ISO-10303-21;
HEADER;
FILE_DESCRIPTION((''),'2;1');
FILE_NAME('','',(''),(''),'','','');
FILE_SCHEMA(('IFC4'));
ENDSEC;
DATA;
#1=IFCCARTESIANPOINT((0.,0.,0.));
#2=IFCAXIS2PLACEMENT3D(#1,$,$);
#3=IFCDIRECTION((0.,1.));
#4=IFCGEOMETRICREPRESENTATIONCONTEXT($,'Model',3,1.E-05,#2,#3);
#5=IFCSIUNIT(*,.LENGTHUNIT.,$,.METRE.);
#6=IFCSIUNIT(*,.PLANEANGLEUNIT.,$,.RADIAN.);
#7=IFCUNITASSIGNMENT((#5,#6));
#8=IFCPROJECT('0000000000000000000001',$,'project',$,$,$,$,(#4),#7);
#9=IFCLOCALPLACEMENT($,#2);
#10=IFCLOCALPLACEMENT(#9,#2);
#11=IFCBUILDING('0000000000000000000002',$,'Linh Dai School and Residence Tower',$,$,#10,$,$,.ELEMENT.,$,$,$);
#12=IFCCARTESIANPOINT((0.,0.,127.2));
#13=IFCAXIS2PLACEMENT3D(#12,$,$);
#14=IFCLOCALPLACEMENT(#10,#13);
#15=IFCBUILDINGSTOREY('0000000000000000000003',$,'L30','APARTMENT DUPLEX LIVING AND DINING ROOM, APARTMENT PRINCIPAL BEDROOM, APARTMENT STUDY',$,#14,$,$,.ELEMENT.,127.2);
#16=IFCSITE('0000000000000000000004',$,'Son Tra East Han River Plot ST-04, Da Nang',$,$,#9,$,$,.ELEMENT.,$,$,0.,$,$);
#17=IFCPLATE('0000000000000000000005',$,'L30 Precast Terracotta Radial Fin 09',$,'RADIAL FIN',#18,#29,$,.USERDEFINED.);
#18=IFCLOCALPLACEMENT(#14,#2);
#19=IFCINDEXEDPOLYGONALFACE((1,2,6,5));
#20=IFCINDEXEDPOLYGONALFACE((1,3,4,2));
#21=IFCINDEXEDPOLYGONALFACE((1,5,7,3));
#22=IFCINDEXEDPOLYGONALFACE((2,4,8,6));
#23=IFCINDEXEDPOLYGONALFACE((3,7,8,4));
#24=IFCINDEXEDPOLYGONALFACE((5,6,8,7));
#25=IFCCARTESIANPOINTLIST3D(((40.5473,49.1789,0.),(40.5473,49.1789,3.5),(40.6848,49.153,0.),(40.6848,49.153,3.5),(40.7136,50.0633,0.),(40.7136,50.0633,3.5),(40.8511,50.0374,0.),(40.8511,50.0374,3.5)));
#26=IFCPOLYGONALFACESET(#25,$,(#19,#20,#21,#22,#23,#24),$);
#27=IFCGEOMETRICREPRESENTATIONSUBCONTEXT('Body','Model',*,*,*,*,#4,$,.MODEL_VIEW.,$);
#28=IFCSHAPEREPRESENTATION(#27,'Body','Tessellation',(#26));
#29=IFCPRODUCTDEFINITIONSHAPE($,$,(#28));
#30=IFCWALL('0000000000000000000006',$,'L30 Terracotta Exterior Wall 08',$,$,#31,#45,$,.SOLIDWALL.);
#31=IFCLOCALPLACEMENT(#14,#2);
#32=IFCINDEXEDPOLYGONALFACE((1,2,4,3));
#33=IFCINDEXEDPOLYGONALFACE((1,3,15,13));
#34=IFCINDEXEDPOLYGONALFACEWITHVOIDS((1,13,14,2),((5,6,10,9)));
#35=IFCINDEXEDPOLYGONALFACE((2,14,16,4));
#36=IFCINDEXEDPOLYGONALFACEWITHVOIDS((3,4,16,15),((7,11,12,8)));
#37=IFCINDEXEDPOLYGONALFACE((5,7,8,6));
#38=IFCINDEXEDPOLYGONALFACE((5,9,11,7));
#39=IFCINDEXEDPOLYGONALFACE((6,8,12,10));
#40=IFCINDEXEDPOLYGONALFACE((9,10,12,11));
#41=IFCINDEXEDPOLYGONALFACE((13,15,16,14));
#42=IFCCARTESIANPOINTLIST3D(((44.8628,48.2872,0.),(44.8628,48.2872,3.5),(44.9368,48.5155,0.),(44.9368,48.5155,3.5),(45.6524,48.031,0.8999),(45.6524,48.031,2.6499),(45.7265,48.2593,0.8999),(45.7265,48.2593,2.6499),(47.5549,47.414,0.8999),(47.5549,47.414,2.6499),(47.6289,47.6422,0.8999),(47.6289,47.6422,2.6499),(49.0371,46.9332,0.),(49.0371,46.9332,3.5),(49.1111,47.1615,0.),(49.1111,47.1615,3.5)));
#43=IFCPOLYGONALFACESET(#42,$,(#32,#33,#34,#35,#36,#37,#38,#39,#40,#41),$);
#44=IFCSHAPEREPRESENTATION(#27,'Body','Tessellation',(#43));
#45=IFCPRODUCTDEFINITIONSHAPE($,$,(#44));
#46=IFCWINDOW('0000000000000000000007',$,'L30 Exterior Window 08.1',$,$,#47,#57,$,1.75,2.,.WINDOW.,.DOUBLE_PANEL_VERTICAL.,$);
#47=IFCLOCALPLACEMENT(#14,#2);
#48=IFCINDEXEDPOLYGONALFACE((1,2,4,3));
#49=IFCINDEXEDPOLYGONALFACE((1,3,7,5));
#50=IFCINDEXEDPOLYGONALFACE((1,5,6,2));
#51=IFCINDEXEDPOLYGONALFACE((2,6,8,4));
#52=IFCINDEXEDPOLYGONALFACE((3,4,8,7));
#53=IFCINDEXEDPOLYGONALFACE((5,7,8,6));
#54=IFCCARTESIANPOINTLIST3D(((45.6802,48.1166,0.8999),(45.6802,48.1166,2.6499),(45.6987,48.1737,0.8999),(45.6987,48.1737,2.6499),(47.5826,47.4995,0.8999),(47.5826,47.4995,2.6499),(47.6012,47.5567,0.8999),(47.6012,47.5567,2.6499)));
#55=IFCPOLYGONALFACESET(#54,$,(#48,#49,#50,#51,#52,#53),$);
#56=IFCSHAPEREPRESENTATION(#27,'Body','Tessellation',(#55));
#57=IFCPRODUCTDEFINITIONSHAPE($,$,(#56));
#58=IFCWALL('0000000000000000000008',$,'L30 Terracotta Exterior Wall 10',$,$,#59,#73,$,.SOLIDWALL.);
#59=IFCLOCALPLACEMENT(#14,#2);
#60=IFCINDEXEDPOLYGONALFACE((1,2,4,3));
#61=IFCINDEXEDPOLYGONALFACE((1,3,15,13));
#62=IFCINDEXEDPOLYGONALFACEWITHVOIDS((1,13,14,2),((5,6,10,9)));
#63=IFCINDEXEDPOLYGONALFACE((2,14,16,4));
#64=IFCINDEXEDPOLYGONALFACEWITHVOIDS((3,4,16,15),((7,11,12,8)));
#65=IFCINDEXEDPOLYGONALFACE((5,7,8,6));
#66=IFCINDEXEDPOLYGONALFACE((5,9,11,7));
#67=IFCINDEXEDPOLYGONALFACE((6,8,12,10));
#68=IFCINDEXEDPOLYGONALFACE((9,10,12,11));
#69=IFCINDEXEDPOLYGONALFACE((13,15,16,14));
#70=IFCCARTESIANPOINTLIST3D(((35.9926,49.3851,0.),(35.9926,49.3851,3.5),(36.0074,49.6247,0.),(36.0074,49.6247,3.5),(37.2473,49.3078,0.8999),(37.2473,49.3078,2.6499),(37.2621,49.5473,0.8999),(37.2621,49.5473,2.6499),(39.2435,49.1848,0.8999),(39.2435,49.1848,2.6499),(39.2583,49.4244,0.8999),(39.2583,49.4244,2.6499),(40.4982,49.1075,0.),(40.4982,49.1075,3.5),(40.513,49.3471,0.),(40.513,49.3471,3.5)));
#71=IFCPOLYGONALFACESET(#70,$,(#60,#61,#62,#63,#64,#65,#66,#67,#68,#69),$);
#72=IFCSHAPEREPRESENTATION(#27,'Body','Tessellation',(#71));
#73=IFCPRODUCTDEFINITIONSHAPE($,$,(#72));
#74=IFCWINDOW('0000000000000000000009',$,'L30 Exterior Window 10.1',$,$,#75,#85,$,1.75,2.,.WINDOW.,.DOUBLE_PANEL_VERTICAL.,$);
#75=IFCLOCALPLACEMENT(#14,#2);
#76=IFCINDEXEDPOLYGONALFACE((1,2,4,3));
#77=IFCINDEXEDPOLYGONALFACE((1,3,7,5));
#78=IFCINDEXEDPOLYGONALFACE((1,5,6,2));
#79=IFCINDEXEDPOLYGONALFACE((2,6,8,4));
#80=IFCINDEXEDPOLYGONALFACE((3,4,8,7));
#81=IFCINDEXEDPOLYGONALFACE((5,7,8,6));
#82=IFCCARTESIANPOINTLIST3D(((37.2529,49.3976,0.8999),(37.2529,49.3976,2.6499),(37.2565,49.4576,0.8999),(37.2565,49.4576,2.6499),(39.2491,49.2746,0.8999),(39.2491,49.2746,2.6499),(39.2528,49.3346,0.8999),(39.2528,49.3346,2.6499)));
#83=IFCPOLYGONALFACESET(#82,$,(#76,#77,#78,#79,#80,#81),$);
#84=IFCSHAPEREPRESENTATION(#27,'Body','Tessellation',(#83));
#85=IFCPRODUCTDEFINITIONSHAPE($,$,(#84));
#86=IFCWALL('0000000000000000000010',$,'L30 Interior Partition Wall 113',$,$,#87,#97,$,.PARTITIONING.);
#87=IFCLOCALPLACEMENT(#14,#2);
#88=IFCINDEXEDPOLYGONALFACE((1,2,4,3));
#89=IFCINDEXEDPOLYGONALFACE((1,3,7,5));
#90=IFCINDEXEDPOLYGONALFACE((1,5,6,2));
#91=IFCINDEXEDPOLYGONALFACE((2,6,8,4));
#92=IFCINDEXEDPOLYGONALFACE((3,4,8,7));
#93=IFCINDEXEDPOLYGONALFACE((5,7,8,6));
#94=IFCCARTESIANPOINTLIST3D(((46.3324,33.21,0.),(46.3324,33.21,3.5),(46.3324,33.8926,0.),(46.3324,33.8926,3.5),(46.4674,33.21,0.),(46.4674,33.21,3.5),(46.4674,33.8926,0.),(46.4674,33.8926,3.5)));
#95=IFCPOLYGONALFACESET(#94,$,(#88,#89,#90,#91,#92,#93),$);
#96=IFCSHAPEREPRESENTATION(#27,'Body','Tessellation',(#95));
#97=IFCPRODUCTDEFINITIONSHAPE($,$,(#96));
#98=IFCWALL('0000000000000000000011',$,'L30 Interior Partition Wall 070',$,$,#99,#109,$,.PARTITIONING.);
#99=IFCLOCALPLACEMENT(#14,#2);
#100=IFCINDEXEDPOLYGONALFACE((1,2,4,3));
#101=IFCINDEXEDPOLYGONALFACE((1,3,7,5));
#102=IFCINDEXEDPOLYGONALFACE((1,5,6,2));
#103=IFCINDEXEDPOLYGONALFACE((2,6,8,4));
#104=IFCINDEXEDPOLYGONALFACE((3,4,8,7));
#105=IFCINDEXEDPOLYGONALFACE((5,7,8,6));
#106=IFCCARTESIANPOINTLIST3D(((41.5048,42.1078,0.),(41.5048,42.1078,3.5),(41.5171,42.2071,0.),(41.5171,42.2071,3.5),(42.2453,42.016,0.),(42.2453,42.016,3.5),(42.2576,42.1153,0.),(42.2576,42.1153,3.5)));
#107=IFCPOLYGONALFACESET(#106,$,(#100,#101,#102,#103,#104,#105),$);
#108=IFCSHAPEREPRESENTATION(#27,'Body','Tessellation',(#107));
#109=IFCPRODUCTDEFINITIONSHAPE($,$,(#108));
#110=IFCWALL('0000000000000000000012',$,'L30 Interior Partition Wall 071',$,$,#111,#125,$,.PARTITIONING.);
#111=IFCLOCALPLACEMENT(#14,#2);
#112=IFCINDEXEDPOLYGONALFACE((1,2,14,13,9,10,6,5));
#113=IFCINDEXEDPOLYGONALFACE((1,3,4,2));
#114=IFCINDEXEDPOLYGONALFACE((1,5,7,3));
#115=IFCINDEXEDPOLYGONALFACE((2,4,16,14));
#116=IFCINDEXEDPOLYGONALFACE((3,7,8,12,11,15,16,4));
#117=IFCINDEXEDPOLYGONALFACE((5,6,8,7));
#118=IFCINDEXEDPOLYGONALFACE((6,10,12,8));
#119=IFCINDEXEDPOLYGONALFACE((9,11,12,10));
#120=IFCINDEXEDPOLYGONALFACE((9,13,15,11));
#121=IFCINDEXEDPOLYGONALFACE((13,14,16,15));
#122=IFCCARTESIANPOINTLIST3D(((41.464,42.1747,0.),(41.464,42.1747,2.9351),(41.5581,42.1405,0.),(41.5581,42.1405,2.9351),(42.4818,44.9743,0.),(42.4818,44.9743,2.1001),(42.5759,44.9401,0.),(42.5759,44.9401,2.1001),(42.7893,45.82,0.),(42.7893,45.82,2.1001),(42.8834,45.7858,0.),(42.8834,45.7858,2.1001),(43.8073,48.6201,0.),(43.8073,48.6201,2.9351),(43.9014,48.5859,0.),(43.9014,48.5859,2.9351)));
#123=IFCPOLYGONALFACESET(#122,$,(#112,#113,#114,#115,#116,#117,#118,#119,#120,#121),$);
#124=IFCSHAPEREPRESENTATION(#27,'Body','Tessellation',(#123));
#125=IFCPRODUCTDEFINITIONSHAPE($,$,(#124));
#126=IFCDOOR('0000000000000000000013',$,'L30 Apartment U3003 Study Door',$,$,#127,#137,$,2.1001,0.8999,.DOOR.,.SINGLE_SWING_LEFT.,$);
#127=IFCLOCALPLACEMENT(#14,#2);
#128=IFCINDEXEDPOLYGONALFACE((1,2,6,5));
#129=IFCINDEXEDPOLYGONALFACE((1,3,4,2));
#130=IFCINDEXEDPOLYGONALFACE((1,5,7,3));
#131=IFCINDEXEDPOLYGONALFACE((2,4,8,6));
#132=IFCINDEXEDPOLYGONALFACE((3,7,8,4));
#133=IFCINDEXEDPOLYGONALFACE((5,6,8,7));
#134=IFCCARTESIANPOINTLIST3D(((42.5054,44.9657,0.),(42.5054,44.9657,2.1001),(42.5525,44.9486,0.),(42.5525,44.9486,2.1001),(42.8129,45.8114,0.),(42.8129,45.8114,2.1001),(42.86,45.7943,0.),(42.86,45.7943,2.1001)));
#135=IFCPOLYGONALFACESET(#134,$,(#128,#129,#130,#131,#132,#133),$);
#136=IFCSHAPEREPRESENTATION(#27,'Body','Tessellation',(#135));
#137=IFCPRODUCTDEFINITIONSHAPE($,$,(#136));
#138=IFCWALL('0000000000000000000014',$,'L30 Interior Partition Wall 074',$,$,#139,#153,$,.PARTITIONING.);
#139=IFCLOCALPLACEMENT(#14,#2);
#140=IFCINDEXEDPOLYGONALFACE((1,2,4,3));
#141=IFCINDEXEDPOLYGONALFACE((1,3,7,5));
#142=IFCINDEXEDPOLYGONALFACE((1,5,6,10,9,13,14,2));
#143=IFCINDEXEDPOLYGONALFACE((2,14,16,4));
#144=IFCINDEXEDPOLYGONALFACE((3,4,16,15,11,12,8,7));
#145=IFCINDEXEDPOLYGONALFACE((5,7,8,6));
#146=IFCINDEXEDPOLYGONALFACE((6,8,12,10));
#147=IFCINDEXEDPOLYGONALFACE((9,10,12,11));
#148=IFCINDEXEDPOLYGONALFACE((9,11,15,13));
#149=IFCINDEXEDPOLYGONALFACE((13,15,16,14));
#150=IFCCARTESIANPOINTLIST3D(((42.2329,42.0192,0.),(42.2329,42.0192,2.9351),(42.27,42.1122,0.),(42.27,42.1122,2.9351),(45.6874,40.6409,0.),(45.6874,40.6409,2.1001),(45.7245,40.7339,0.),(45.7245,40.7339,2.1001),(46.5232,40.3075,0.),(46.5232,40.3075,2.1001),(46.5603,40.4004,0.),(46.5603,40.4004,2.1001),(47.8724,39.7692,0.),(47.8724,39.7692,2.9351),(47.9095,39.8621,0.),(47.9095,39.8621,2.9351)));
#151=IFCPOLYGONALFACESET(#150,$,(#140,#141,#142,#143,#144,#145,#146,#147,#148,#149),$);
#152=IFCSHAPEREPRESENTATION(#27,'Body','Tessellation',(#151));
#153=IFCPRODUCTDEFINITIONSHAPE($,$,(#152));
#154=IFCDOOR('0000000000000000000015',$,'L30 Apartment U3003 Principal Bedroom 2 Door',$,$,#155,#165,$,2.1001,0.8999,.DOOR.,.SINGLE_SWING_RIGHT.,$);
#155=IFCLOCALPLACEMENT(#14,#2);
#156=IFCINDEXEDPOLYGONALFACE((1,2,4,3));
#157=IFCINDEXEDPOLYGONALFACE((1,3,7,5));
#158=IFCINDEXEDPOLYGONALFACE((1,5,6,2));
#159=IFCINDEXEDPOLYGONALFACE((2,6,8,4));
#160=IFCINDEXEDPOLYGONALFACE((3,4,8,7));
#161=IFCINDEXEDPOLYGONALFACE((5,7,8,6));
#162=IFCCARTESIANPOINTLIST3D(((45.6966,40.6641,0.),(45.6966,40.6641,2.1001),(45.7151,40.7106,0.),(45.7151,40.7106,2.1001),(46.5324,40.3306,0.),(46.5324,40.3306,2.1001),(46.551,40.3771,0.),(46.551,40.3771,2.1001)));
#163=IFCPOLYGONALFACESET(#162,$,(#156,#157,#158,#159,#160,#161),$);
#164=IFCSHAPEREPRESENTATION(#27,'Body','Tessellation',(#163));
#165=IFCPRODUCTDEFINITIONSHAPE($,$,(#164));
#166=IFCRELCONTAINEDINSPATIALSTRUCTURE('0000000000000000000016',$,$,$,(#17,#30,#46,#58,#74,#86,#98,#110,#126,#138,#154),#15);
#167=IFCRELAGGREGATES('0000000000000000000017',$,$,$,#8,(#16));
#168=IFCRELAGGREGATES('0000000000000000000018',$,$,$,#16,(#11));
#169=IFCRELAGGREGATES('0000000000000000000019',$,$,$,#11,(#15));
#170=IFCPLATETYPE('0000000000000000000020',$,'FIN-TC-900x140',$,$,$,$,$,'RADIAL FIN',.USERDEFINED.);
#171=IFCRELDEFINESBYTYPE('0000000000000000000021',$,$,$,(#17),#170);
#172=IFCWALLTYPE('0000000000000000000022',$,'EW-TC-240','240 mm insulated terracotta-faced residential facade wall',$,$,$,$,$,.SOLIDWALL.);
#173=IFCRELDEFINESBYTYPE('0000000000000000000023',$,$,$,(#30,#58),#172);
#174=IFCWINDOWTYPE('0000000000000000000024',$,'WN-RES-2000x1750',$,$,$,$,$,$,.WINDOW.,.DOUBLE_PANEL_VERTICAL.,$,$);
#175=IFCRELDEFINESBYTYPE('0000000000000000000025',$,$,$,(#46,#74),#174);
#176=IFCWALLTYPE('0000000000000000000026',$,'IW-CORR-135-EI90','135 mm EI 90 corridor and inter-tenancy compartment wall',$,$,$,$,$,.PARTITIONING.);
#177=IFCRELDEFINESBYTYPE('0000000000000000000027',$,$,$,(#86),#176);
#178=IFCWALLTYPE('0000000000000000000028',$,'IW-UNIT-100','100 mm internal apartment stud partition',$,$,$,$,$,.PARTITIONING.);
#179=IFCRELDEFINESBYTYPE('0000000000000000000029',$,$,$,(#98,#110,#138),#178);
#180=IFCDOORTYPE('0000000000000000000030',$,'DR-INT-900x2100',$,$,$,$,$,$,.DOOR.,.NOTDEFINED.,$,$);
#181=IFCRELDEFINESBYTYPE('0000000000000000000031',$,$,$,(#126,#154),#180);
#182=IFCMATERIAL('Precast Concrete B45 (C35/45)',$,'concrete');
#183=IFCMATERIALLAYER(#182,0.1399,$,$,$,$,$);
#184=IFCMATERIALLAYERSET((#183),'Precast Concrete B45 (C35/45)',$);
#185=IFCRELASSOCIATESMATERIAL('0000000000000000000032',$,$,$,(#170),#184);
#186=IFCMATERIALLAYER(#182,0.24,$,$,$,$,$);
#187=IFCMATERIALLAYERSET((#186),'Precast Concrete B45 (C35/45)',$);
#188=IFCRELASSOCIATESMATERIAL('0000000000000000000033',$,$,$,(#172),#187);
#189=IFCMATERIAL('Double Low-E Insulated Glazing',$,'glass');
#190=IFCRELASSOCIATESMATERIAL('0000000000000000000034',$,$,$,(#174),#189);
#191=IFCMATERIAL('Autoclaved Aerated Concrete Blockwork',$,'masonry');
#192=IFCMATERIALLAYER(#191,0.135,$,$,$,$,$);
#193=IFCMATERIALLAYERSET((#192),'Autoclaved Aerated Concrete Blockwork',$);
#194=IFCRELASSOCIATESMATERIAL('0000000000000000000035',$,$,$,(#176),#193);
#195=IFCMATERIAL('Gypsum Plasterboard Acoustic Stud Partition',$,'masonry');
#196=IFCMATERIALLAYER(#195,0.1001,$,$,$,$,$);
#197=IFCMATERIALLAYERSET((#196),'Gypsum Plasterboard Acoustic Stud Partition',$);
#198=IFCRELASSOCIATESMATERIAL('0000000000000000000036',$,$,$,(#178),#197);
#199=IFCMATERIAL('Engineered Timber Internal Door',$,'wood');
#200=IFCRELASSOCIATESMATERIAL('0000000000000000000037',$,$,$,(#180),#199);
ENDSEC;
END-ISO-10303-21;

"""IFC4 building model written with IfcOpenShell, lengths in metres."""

from ifc_helpers import new_model, si_unit, direction, frame, frame_2d, origin, origin_2d, place, context, subcontext, project, spatial, rectangle, extrude, source, transform, mapped, material, layer, layer_set, type_object, element, fill, save


model = new_model("IFC4")

# Units and contexts
model_context = context("Model", 3, precision=1e-05, world=origin(), true_north=direction((0.0, 1.0)))
body_context = subcontext(model_context, "Body", "Model", "MODEL_VIEW")
ifc_project = project(units=[si_unit("LENGTHUNIT", "METRE"), si_unit("PLANEANGLEUNIT", "RADIAN")], contexts=[model_context])

# Site, building, storey
site_placement = place(None, origin())
site = spatial("IfcSite", under=ifc_project, at=site_placement, Name="Son Tra East Han River Plot ST-04, Da Nang", CompositionType="ELEMENT", RefElevation=0.0)
building_placement = place(site_placement, origin())
building = spatial("IfcBuilding", under=site, at=building_placement, Name="Linh Dai School and Residence Tower", CompositionType="ELEMENT")
storey_placement = place(building_placement, frame((0.0, 0.0, 127.2)))
storey = spatial("IfcBuildingStorey", under=building, at=storey_placement, Name="L30", Description="APARTMENT DUPLEX LIVING AND DINING ROOM, APARTMENT PRINCIPAL BEDROOM, APARTMENT STUDY", CompositionType="ELEMENT", Elevation=127.2)

# Plate
ifc_material_1 = material(Name="Precast Concrete B45 (C35/45)", Category="concrete")
ifc_layer_1 = layer(ifc_material_1, 0.1399)
ifc_layer_set_1 = layer_set([ifc_layer_1], Name="Precast Concrete B45 (C35/45)")
plate_type = type_object("IfcPlateType", Name="FIN-TC-900x140", ElementType="RADIAL FIN", PredefinedType="USERDEFINED", material=ifc_layer_set_1)
shared_shape_1 = source(origin(), body_context, "Body", "SweptSolid", [
    extrude(rectangle(XDim=0.8999, YDim=0.1399, at=origin_2d()), origin(), (0.0, 0.0, 1.0), 3.5),
])
plate_placement = place(storey_placement, frame((40.6992, 49.6082, 0.0), z_axis=(0.0, 0.0, 1.0), x_axis=(0.184755, 0.982785, 0.0)))
element("IfcPlate", 1, at=plate_placement, inside=storey, type_object=plate_type, Name="L30 Precast Terracotta Radial Fin 09", ObjectType="RADIAL FIN", PredefinedType="USERDEFINED", context=body_context, shape_type="MappedRepresentation", body=[
    mapped(shared_shape_1, transform((0.0, 0.0, 0.0), x_axis=(1.0, 0.0, 0.0), y_axis=(0.0, 1.0, 0.0), z_axis=(0.0, 0.0, 1.0), scale=1.0)),
])

# Wall, opening, window
ifc_layer_2 = layer(ifc_material_1, 0.24)
ifc_layer_set_2 = layer_set([ifc_layer_2], Name="Precast Concrete B45 (C35/45)")
wall_type_1 = type_object("IfcWallType", Name="EW-TC-240", Description="240 mm insulated terracotta-faced residential facade wall", PredefinedType="SOLIDWALL", material=ifc_layer_set_2)
wall_1_placement = place(storey_placement, frame((44.8997, 48.4014, 0.0), z_axis=(0.0, 0.0, 1.0), x_axis=(0.951211, -0.30854, 0.0)))
wall_1 = element("IfcWall", 2, at=wall_1_placement, inside=storey, type_object=wall_type_1, Name="L30 Terracotta Exterior Wall 08", PredefinedType="SOLIDWALL", context=body_context, shape_type="SweptSolid", body=[
    extrude(rectangle(XDim=4.3884, YDim=0.24, at=frame_2d((2.1943, 0.0))), origin(), (0.0, 0.0, 1.0), 3.5),
])
opening_1_placement = place(wall_1_placement, frame((0.8303, 0.0, 0.8999)))
opening_1 = element("IfcOpeningElement", 3, at=opening_1_placement, cuts=wall_1, PredefinedType="OPENING", context=body_context, shape_type="SweptSolid", body=[
    extrude(rectangle(XDim=2.0, YDim=1.75, at=origin_2d()), frame((1.0, 0.1299, 0.875), z_axis=(0.0, -1.0, 0.0), x_axis=(1.0, 0.0, 0.0)), (0.0, 0.0, 1.0), 0.26),
])
ifc_material_2 = material(Name="Double Low-E Insulated Glazing", Category="glass")
window_type = type_object("IfcWindowType", Name="WN-RES-2000x1750", PartitioningType="DOUBLE_PANEL_VERTICAL", PredefinedType="WINDOW", material=ifc_material_2)
shared_shape_2 = source(origin(), body_context, "Body", "SweptSolid", [
    extrude(rectangle(XDim=2.0, YDim=1.75, at=origin_2d()), frame((1.0, 0.03, 0.875), z_axis=(0.0, -1.0, 0.0), x_axis=(1.0, 0.0, 0.0)), (0.0, 0.0, 1.0), 0.0601),
])
window_1_placement = place(opening_1_placement, origin())
window_1 = element("IfcWindow", 4, at=window_1_placement, inside=storey, type_object=window_type, Name="L30 Exterior Window 08.1", OverallHeight=1.75, OverallWidth=2.0, PartitioningType="DOUBLE_PANEL_VERTICAL", PredefinedType="WINDOW", context=body_context, shape_type="MappedRepresentation", body=[
    mapped(shared_shape_2, transform((0.0, 0.0, 0.0), x_axis=(1.0, 0.0, 0.0), y_axis=(0.0, 1.0, 0.0), z_axis=(0.0, 0.0, 1.0), scale=1.0)),
])
fill(opening_1, window_1)

# Wall, opening, window
wall_2_placement = place(storey_placement, frame((36.0, 49.5049, 0.0), z_axis=(0.0, 0.0, 1.0), x_axis=(0.998108, -0.061493, 0.0)))
wall_2 = element("IfcWall", 5, at=wall_2_placement, inside=storey, type_object=wall_type_1, Name="L30 Terracotta Exterior Wall 10", PredefinedType="SOLIDWALL", context=body_context, shape_type="SweptSolid", body=[
    extrude(rectangle(XDim=4.5142, YDim=0.24, at=frame_2d((2.2571, 0.0))), origin(), (0.0, 0.0, 1.0), 3.5),
])
opening_2_placement = place(wall_2_placement, frame((1.2571, 0.0, 0.8999)))
opening_2 = element("IfcOpeningElement", 6, at=opening_2_placement, cuts=wall_2, PredefinedType="OPENING", context=body_context, shape_type="SweptSolid", body=[
    extrude(rectangle(XDim=2.0, YDim=1.75, at=origin_2d()), frame((1.0, 0.1299, 0.875), z_axis=(0.0, -1.0, 0.0), x_axis=(1.0, 0.0, 0.0)), (0.0, 0.0, 1.0), 0.26),
])
window_2_placement = place(opening_2_placement, origin())
window_2 = element("IfcWindow", 7, at=window_2_placement, inside=storey, type_object=window_type, Name="L30 Exterior Window 10.1", OverallHeight=1.75, OverallWidth=2.0, PartitioningType="DOUBLE_PANEL_VERTICAL", PredefinedType="WINDOW", context=body_context, shape_type="MappedRepresentation", body=[
    mapped(shared_shape_2, transform((0.0, 0.0, 0.0), x_axis=(1.0, 0.0, 0.0), y_axis=(0.0, 1.0, 0.0), z_axis=(0.0, 0.0, 1.0), scale=1.0)),
])
fill(opening_2, window_2)

# Walls
ifc_material_3 = material(Name="Autoclaved Aerated Concrete Blockwork", Category="masonry")
ifc_layer_3 = layer(ifc_material_3, 0.135)
ifc_layer_set_3 = layer_set([ifc_layer_3], Name="Autoclaved Aerated Concrete Blockwork")
wall_type_2 = type_object("IfcWallType", Name="IW-CORR-135-EI90", Description="135 mm EI 90 corridor and inter-tenancy compartment wall", PredefinedType="PARTITIONING", material=ifc_layer_set_3)
wall_3_placement = place(storey_placement, frame((46.3999, 33.21, 0.0), z_axis=(0.0, 0.0, 1.0), x_axis=(0.0, 1.0, 0.0)))
element("IfcWall", 8, at=wall_3_placement, inside=storey, type_object=wall_type_2, Name="L30 Interior Partition Wall 113", PredefinedType="PARTITIONING", context=body_context, shape_type="SweptSolid", body=[
    extrude(rectangle(XDim=0.6826, YDim=0.135, at=frame_2d((0.3413, 0.0))), origin(), (0.0, 0.0, 1.0), 3.5),
])
ifc_material_4 = material(Name="Gypsum Plasterboard Acoustic Stud Partition", Category="masonry")
ifc_layer_4 = layer(ifc_material_4, 0.1001)
ifc_layer_set_4 = layer_set([ifc_layer_4], Name="Gypsum Plasterboard Acoustic Stud Partition")
wall_type_3 = type_object("IfcWallType", Name="IW-UNIT-100", Description="100 mm internal apartment stud partition", PredefinedType="PARTITIONING", material=ifc_layer_set_4)
wall_4_placement = place(storey_placement, frame((41.511, 42.1575, 0.0), z_axis=(0.0, 0.0, 1.0), x_axis=(0.992403, -0.123028, 0.0)))
element("IfcWall", 9, at=wall_4_placement, inside=storey, type_object=wall_type_3, Name="L30 Interior Partition Wall 070", PredefinedType="PARTITIONING", context=body_context, shape_type="SweptSolid", body=[
    extrude(rectangle(XDim=0.7461, YDim=0.1001, at=frame_2d((0.373, 0.0))), origin(), (0.0, 0.0, 1.0), 3.5),
])

# Walls, openings, doors
wall_5_placement = place(storey_placement, frame((41.511, 42.1575, 0.0), z_axis=(0.0, 0.0, 1.0), x_axis=(0.34168, 0.939816, 0.0)))
wall_5 = element("IfcWall", 10, at=wall_5_placement, inside=storey, type_object=wall_type_3, Name="L30 Interior Partition Wall 071", PredefinedType="PARTITIONING", context=body_context, shape_type="SweptSolid", body=[
    extrude(rectangle(XDim=6.8582, YDim=0.1001, at=frame_2d((3.4292, 0.0))), origin(), (0.0, 0.0, 1.0), 2.9351),
])
opening_3_placement = place(wall_5_placement, frame((2.979, 0.0, 0.0)))
opening_3 = element("IfcOpeningElement", 11, at=opening_3_placement, cuts=wall_5, PredefinedType="OPENING", context=body_context, shape_type="SweptSolid", body=[
    extrude(rectangle(XDim=0.8999, YDim=2.1001, at=origin_2d()), frame((0.45, 0.0601, 1.05), z_axis=(0.0, -1.0, 0.0), x_axis=(1.0, 0.0, 0.0)), (0.0, 0.0, 1.0), 0.1201),
])
ifc_material_5 = material(Name="Engineered Timber Internal Door", Category="wood")
door_type_1 = type_object("IfcDoorType", Name="DR-INT-900x2100", OperationType="NOTDEFINED", PredefinedType="DOOR", material=ifc_material_5)
shared_shape_3 = source(origin(), body_context, "Body", "SweptSolid", [
    extrude(rectangle(XDim=0.8999, YDim=2.1001, at=origin_2d()), frame((0.45, 0.0249, 1.05), z_axis=(0.0, -1.0, 0.0), x_axis=(1.0, 0.0, 0.0)), (0.0, 0.0, 1.0), 0.05),
])
door_1_placement = place(opening_3_placement, origin())
door_1 = element("IfcDoor", 12, at=door_1_placement, inside=storey, type_object=door_type_1, Name="L30 Apartment U3003 Study Door", OperationType="SINGLE_SWING_LEFT", OverallHeight=2.1001, OverallWidth=0.8999, PredefinedType="DOOR", context=body_context, shape_type="MappedRepresentation", body=[
    mapped(shared_shape_3, transform((0.0, 0.0, 0.0), x_axis=(1.0, 0.0, 0.0), y_axis=(0.0, 1.0, 0.0), z_axis=(0.0, 0.0, 1.0), scale=1.0)),
])
fill(opening_3, door_1)
wall_6_placement = place(storey_placement, frame((42.2515, 42.0657, 0.0), z_axis=(0.0, 0.0, 1.0), x_axis=(0.928804, -0.370572, 0.0)))
wall_6 = element("IfcWall", 13, at=wall_6_placement, inside=storey, type_object=wall_type_3, Name="L30 Interior Partition Wall 074", PredefinedType="PARTITIONING", context=body_context, shape_type="SweptSolid", body=[
    extrude(rectangle(XDim=6.0718, YDim=0.1001, at=frame_2d((3.0359, 0.0))), origin(), (0.0, 0.0, 1.0), 2.9351),
])
opening_4_placement = place(wall_6_placement, frame((3.7192, 0.0, 0.0)))
opening_4 = element("IfcOpeningElement", 14, at=opening_4_placement, cuts=wall_6, PredefinedType="OPENING", context=body_context, shape_type="SweptSolid", body=[
    extrude(rectangle(XDim=0.8999, YDim=2.1001, at=origin_2d()), frame((0.45, 0.0601, 1.05), z_axis=(0.0, -1.0, 0.0), x_axis=(1.0, 0.0, 0.0)), (0.0, 0.0, 1.0), 0.1201),
])
door_2_placement = place(opening_4_placement, origin())
door_2 = element("IfcDoor", 15, at=door_2_placement, inside=storey, type_object=door_type_1, Name="L30 Apartment U3003 Principal Bedroom 2 Door", OperationType="SINGLE_SWING_RIGHT", OverallHeight=2.1001, OverallWidth=0.8999, PredefinedType="DOOR", context=body_context, shape_type="MappedRepresentation", body=[
    mapped(shared_shape_3, transform((0.0, 0.0, 0.0), x_axis=(1.0, 0.0, 0.0), y_axis=(0.0, 1.0, 0.0), z_axis=(0.0, 0.0, 1.0), scale=1.0)),
])
fill(opening_4, door_2)

save(model, "model.ifc")
